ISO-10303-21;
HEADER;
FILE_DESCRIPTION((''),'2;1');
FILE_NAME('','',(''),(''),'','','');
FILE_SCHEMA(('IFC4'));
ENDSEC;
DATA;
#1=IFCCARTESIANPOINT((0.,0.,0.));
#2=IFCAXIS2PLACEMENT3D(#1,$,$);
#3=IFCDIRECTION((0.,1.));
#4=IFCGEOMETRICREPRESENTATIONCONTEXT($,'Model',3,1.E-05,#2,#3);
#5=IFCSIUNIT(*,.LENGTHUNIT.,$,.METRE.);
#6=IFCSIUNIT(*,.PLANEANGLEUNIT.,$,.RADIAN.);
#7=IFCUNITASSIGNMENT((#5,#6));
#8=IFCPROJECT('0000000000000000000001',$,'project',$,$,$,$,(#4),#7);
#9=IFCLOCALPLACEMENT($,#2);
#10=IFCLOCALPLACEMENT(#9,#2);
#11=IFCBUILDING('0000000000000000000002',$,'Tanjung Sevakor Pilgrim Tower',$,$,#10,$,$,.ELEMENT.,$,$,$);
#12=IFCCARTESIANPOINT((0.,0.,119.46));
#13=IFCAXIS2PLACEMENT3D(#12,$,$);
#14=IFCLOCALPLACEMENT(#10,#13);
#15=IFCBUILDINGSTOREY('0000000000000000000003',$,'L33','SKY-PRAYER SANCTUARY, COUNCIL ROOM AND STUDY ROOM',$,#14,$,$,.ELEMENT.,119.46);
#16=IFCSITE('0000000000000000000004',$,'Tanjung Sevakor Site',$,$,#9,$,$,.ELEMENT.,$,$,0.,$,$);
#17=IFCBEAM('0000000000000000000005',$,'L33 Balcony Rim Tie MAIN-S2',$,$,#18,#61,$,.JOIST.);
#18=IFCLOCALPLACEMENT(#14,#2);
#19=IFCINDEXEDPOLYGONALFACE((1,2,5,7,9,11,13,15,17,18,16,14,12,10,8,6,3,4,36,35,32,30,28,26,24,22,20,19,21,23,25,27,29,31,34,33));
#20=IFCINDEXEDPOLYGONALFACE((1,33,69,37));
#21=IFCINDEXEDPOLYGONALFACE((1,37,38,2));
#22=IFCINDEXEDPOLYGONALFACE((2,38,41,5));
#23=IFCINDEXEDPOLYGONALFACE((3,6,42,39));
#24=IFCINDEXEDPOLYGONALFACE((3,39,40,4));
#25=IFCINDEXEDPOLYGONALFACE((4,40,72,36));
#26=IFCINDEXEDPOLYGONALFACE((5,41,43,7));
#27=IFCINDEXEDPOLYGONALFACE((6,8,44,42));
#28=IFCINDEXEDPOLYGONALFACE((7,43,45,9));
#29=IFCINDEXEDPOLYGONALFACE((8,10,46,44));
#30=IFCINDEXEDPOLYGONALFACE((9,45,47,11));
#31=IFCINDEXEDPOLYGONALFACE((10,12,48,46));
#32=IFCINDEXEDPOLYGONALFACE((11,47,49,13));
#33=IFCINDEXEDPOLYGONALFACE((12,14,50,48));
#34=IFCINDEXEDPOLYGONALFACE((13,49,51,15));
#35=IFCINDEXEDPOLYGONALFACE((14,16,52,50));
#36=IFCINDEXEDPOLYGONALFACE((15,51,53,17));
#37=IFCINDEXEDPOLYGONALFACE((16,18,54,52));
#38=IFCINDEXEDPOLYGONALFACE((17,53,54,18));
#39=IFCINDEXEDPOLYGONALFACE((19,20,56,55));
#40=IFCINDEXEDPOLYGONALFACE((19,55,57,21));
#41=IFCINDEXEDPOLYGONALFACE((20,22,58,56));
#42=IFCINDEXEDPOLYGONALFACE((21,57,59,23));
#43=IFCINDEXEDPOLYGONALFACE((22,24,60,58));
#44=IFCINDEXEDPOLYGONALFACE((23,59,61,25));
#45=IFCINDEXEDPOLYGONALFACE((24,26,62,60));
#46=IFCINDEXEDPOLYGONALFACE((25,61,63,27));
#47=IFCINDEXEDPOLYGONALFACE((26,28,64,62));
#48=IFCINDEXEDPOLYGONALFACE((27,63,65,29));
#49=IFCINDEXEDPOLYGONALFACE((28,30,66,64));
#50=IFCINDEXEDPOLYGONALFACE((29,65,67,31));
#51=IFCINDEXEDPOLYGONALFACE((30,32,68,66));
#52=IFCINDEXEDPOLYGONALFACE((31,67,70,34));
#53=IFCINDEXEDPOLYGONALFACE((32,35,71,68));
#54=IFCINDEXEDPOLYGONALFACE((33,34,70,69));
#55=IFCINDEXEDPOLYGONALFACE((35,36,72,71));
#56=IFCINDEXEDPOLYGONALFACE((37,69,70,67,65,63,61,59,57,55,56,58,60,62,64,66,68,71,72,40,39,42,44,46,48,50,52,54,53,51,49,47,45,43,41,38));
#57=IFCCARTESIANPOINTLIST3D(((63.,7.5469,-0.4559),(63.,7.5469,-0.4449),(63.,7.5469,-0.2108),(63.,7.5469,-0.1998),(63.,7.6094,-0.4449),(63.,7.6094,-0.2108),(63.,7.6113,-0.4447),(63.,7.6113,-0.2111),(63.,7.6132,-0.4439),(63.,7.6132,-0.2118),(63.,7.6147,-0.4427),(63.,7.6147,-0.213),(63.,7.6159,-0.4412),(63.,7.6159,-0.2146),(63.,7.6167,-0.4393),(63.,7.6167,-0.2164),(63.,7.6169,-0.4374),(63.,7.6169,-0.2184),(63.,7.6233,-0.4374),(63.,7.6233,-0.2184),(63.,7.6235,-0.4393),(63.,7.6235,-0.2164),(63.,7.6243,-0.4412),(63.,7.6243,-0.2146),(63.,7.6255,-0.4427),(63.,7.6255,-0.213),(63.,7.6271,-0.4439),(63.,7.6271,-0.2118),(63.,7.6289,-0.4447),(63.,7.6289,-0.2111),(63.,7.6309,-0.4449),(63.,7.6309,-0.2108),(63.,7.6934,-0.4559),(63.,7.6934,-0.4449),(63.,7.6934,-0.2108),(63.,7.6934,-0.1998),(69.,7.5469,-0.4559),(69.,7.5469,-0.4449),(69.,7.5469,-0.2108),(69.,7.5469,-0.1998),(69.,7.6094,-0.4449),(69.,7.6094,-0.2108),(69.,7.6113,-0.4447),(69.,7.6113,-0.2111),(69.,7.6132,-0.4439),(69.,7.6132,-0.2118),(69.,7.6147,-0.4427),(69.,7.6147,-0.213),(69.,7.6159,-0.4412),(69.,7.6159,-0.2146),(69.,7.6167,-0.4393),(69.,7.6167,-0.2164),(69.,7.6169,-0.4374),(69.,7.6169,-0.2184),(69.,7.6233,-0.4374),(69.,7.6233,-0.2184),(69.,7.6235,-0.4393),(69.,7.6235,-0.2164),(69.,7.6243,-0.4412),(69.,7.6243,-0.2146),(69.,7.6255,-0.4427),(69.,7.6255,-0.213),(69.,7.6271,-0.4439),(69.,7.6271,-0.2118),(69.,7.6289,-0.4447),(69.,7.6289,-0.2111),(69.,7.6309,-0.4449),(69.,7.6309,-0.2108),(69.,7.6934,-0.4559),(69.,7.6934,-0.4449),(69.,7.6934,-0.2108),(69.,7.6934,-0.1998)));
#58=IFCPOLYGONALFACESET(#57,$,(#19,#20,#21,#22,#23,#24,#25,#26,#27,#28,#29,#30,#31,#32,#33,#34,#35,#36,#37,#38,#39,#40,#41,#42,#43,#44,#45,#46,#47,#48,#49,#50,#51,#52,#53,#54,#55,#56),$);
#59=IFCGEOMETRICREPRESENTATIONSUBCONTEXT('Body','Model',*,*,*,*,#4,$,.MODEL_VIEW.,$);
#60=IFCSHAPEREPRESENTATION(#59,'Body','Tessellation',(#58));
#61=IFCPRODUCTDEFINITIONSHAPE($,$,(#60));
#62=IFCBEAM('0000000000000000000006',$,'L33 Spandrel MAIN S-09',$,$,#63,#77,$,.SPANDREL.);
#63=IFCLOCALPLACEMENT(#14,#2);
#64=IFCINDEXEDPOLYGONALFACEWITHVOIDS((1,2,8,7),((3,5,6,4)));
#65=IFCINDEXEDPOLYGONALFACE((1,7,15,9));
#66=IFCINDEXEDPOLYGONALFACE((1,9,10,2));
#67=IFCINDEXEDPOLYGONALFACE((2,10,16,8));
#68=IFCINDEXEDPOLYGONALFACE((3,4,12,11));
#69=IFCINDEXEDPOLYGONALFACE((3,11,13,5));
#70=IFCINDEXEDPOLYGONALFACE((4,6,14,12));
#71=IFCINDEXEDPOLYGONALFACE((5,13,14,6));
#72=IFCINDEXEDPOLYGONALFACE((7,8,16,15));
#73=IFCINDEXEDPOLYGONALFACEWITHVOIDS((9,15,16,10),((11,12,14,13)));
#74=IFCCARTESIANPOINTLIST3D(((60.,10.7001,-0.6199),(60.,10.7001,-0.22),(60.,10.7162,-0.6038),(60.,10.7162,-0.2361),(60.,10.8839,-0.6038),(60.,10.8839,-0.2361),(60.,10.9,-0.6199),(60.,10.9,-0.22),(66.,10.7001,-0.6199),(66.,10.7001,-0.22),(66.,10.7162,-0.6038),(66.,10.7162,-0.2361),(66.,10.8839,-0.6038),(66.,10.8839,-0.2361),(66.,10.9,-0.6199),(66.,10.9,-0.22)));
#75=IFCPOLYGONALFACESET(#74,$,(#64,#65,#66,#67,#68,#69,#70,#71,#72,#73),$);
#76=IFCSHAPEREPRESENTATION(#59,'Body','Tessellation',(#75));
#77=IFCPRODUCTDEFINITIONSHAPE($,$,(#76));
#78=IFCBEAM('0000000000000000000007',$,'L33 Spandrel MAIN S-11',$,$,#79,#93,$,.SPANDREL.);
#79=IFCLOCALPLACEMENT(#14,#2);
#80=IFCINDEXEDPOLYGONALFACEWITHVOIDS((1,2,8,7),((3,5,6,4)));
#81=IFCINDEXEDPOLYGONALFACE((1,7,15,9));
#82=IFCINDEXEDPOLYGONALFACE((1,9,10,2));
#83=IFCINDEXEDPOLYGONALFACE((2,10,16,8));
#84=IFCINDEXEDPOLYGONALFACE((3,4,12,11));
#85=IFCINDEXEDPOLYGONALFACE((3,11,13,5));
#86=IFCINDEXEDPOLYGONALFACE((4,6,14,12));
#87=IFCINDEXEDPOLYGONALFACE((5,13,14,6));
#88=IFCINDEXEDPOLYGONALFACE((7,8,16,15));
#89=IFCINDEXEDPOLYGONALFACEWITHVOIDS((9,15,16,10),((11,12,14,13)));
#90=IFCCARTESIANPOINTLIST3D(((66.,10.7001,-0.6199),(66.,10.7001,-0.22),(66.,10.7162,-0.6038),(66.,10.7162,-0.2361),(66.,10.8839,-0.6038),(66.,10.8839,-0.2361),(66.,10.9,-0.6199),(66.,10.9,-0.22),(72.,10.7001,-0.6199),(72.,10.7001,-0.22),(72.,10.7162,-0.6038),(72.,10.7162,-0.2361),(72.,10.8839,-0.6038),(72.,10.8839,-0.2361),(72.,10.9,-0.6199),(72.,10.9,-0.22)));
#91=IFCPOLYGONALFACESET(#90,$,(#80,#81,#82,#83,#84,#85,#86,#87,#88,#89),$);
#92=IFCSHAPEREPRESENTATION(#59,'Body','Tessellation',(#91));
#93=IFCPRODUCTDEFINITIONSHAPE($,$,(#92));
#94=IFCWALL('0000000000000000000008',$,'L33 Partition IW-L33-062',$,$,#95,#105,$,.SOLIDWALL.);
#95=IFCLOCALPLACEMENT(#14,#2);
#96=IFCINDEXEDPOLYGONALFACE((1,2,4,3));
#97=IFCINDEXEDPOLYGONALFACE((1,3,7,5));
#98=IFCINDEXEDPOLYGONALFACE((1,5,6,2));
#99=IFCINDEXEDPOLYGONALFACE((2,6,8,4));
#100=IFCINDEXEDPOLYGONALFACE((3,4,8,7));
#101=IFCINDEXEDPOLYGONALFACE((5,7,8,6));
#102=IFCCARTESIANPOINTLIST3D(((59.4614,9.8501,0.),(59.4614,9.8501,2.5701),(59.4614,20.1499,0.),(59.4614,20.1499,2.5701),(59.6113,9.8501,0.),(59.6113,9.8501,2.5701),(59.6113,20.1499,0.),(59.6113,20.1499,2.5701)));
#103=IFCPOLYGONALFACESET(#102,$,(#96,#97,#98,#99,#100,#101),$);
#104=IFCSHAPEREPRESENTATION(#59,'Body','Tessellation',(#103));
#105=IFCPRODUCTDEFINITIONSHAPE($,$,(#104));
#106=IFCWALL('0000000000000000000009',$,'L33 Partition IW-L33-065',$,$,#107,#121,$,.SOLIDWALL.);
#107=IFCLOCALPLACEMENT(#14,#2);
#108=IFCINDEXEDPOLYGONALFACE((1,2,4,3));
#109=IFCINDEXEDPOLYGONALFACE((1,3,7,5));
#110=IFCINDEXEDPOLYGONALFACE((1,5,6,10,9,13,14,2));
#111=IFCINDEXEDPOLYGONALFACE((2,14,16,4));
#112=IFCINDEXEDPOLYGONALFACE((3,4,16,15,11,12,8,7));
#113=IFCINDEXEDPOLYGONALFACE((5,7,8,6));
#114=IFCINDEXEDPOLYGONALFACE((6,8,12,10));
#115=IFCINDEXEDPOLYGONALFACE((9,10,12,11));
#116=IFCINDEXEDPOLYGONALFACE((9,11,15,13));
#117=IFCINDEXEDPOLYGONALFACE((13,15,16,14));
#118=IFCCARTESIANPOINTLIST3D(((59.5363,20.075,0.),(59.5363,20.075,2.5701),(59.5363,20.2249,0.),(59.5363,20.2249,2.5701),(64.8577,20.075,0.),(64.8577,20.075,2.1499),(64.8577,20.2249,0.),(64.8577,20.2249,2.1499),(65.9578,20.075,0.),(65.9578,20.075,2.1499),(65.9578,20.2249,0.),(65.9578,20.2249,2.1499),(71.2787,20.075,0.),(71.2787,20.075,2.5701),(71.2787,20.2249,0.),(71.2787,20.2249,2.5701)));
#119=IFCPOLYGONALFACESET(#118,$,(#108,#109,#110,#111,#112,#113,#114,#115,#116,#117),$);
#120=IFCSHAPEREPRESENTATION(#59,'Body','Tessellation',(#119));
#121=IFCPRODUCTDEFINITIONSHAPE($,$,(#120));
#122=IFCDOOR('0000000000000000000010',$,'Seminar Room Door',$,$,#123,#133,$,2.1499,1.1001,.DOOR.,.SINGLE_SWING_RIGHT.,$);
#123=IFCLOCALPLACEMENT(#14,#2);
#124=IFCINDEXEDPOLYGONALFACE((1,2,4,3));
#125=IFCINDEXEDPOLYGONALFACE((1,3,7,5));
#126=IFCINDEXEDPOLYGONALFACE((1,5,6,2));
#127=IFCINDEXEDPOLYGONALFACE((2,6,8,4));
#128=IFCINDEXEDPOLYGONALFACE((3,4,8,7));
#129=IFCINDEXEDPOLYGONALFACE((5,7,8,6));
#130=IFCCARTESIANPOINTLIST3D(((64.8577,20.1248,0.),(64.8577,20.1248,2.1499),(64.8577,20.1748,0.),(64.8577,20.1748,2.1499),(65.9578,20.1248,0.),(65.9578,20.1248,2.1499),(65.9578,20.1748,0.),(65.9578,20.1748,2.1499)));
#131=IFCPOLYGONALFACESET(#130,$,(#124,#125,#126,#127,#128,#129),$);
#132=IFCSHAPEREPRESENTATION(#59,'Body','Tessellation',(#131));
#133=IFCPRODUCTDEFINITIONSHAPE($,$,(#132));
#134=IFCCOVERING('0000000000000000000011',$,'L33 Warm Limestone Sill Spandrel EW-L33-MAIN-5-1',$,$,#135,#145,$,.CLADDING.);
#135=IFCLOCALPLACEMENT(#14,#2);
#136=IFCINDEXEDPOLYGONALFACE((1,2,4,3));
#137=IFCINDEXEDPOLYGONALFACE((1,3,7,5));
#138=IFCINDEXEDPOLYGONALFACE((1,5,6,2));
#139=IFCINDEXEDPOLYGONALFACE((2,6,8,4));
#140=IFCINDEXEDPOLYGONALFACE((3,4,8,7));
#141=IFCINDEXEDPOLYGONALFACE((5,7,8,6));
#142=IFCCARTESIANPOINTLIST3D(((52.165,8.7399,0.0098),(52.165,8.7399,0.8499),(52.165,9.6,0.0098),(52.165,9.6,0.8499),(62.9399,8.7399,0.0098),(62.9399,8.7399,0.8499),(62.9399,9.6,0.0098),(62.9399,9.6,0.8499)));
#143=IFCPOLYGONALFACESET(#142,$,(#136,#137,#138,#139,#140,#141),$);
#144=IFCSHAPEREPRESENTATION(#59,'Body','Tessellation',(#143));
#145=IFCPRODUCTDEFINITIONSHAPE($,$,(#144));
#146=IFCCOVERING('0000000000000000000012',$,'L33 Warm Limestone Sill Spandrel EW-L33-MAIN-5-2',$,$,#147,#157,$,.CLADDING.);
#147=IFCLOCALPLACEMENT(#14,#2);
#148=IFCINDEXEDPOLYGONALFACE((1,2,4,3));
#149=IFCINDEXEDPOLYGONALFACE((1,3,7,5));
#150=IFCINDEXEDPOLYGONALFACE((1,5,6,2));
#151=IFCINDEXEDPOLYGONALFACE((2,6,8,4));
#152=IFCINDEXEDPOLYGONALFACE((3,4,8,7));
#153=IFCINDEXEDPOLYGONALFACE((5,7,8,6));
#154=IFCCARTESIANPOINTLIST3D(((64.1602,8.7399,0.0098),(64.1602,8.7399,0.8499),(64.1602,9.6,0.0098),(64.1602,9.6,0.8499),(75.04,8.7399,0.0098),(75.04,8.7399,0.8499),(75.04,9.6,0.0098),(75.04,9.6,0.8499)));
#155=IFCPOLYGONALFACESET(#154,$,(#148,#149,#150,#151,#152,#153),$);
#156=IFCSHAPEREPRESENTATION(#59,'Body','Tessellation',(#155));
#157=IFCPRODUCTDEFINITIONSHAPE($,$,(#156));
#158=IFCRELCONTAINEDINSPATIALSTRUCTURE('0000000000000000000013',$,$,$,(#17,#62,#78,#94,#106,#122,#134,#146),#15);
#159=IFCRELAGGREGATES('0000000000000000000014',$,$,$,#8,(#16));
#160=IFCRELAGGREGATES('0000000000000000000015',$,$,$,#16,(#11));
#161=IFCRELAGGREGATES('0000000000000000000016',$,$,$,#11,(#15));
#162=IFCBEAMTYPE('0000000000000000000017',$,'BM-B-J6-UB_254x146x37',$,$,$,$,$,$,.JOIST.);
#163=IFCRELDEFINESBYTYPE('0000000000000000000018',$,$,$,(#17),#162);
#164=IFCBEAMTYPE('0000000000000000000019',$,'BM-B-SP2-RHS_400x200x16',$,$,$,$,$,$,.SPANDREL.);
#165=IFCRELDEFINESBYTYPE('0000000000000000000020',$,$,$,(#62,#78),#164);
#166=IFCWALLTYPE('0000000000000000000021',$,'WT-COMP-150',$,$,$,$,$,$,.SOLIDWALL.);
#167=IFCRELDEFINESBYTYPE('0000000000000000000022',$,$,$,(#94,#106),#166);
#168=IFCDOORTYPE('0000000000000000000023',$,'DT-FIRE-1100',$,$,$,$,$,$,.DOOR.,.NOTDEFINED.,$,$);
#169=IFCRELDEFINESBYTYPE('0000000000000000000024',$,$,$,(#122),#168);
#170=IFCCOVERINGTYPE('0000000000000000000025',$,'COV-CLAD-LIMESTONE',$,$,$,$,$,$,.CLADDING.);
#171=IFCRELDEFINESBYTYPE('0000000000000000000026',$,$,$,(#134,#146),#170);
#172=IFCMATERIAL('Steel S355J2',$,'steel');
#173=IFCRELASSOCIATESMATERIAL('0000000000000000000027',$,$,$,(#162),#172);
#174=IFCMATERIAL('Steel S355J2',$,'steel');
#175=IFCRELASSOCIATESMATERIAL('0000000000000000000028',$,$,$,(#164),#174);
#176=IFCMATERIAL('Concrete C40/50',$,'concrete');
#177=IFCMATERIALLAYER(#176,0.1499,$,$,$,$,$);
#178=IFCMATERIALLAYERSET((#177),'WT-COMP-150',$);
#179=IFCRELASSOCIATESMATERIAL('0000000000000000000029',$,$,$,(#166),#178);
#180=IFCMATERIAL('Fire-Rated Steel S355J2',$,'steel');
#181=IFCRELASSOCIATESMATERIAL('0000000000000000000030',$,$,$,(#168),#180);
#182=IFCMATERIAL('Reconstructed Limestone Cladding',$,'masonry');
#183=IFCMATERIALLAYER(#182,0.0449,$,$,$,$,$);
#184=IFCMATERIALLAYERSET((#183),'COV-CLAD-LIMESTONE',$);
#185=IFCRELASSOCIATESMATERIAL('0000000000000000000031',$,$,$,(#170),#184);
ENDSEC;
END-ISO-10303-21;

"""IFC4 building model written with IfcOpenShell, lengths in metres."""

from ifc_helpers import new_model, si_unit, direction, frame, frame_2d, origin, origin_2d, place, context, subcontext, project, spatial, rectangle, hollow_rectangle, i_section, extrude, material, layer, layer_set, material_profile, profile_set, type_object, element, fill, save


model = new_model("IFC4")

# Units and contexts
model_context = context("Model", 3, precision=1e-05, world=origin(), true_north=direction((0.0, 1.0)))
body_context = subcontext(model_context, "Body", "Model", "MODEL_VIEW")
ifc_project = project(units=[si_unit("LENGTHUNIT", "METRE"), si_unit("PLANEANGLEUNIT", "RADIAN")], contexts=[model_context])

# Site, building, storey
site_placement = place(None, origin())
site = spatial("IfcSite", under=ifc_project, at=site_placement, Name="Tanjung Sevakor Site", CompositionType="ELEMENT", RefElevation=0.0)
building_placement = place(site_placement, origin())
building = spatial("IfcBuilding", under=site, at=building_placement, Name="Tanjung Sevakor Pilgrim Tower", CompositionType="ELEMENT")
storey_placement = place(building_placement, frame((0.0, 0.0, 119.46)))
storey = spatial("IfcBuildingStorey", under=building, at=storey_placement, Name="L33", Description="SKY-PRAYER SANCTUARY, COUNCIL ROOM AND STUDY ROOM", CompositionType="ELEMENT", Elevation=119.46)

# Beams
ifc_material_1 = material(Name="Steel S355J2", Category="steel")
ifc_material_profile_1 = material_profile(ifc_material_1, i_section(OverallWidth=0.1465, OverallDepth=0.2561, WebThickness=0.0063, FlangeThickness=0.011, FilletRadius=0.0076, at=origin_2d()))
ifc_profile_set_1 = profile_set([ifc_material_profile_1], Name="Steel S355J2")
beam_type_1 = type_object("IfcBeamType", Name="BM-B-J6-UB_254x146x37", PredefinedType="JOIST", material=ifc_profile_set_1)
beam_1_placement = place(storey_placement, frame((63.0, 7.6201, -0.3279), z_axis=(1.0, 0.0, 0.0), x_axis=(0.0, 1.0, 0.0)))
element("IfcBeam", 1, at=beam_1_placement, inside=storey, type_object=beam_type_1, Name="L33 Balcony Rim Tie MAIN-S2", PredefinedType="JOIST", context=body_context, shape_type="SweptSolid", body=[
    extrude(i_section(OverallWidth=0.1465, OverallDepth=0.2561, WebThickness=0.0063, FlangeThickness=0.011, FilletRadius=0.0076, at=origin_2d()), origin(), (0.0, 0.0, 1.0), 6.0),
])
ifc_material_2 = material(Name="Steel S355J2", Category="steel")
ifc_material_profile_2 = material_profile(ifc_material_2, hollow_rectangle(XDim=0.2, YDim=0.3999, WallThickness=0.0161, at=origin_2d()))
ifc_profile_set_2 = profile_set([ifc_material_profile_2], Name="Steel S355J2")
beam_type_2 = type_object("IfcBeamType", Name="BM-B-SP2-RHS_400x200x16", PredefinedType="SPANDREL", material=ifc_profile_set_2)
for number, where, z_axis, x_axis, name in (
    (2, (60.0, 10.8, -0.4199), (1.0, 0.0, 0.0), (0.0, 1.0, 0.0), "L33 Spandrel MAIN S-09"),
    (3, (66.0, 10.8, -0.4199), (1.0, 0.0, 0.0), (0.0, 1.0, 0.0), "L33 Spandrel MAIN S-11"),
):
    element("IfcBeam", number, at=place(storey_placement, frame(where, z_axis=z_axis, x_axis=x_axis)), inside=storey, type_object=beam_type_2, Name=name, PredefinedType="SPANDREL", context=body_context, shape_type="SweptSolid", body=[
        extrude(hollow_rectangle(XDim=0.2, YDim=0.3999, WallThickness=0.0161, at=origin_2d()), origin(), (0.0, 0.0, 1.0), 6.0),
    ])

# Wall
ifc_material_3 = material(Name="Concrete C40/50", Category="concrete")
ifc_layer_1 = layer(ifc_material_3, 0.1499)
ifc_layer_set_1 = layer_set([ifc_layer_1], Name="WT-COMP-150")
wall_type = type_object("IfcWallType", Name="WT-COMP-150", PredefinedType="SOLIDWALL", material=ifc_layer_set_1)
wall_1_placement = place(storey_placement, frame((59.5364, 9.8501, 0.0), z_axis=(0.0, 0.0, 1.0), x_axis=(0.0, 1.0, 0.0)))
element("IfcWall", 4, at=wall_1_placement, inside=storey, type_object=wall_type, Name="L33 Partition IW-L33-062", PredefinedType="SOLIDWALL", context=body_context, shape_type="SweptSolid", body=[
    extrude(rectangle(XDim=10.2998, YDim=0.1499, at=frame_2d((5.1499, 0.0))), origin(), (0.0, 0.0, 1.0), 2.5701),
])

# Wall, opening, door
wall_2_placement = place(storey_placement, frame((59.5364, 20.1499, 0.0), z_axis=(0.0, 0.0, 1.0), x_axis=(1.0, 0.0, 0.0)))
wall_2 = element("IfcWall", 5, at=wall_2_placement, inside=storey, type_object=wall_type, Name="L33 Partition IW-L33-065", PredefinedType="SOLIDWALL", context=body_context, shape_type="SweptSolid", body=[
    extrude(rectangle(XDim=11.7424, YDim=0.1499, at=frame_2d((5.8711, 0.0))), origin(), (0.0, 0.0, 1.0), 2.5701),
])
opening_placement = place(wall_2_placement, frame((5.3213, 0.0, 0.0)))
opening = element("IfcOpeningElement", 6, at=opening_placement, cuts=wall_2, PredefinedType="OPENING", context=body_context, shape_type="SweptSolid", body=[
    extrude(rectangle(XDim=1.1001, YDim=2.1499, at=frame_2d((0.55, 1.075))), frame((0.0, 0.085, 0.0), z_axis=(0.0, -1.0, 0.0), x_axis=(1.0, 0.0, 0.0)), (0.0, 0.0, 1.0), 0.1699),
])
ifc_material_4 = material(Name="Fire-Rated Steel S355J2", Category="steel")
door_type = type_object("IfcDoorType", Name="DT-FIRE-1100", OperationType="NOTDEFINED", PredefinedType="DOOR", material=ifc_material_4)
door_placement = place(opening_placement, origin())
door = element("IfcDoor", 7, at=door_placement, inside=storey, type_object=door_type, Name="Seminar Room Door", OperationType="SINGLE_SWING_RIGHT", OverallHeight=2.1499, OverallWidth=1.1001, PredefinedType="DOOR", context=body_context, shape_type="SweptSolid", body=[
    extrude(rectangle(XDim=1.1001, YDim=2.1499, at=frame_2d((0.55, 1.075))), frame((0.0, 0.0249, 0.0), z_axis=(0.0, -1.0, 0.0), x_axis=(1.0, 0.0, 0.0)), (0.0, 0.0, 1.0), 0.05),
])
fill(opening, door)

# Coverings
ifc_material_5 = material(Name="Reconstructed Limestone Cladding", Category="masonry")
ifc_layer_2 = layer(ifc_material_5, 0.0449)
ifc_layer_set_2 = layer_set([ifc_layer_2], Name="COV-CLAD-LIMESTONE")
covering_type = type_object("IfcCoveringType", Name="COV-CLAD-LIMESTONE", PredefinedType="CLADDING", material=ifc_layer_set_2)
covering_1_placement = place(storey_placement, frame((57.5525, 9.1699, 0.0098), z_axis=(0.0, 0.0, 1.0), x_axis=(1.0, 0.0, 0.0)))
element("IfcCovering", 8, at=covering_1_placement, inside=storey, type_object=covering_type, Name="L33 Warm Limestone Sill Spandrel EW-L33-MAIN-5-1", PredefinedType="CLADDING", context=body_context, shape_type="SweptSolid", body=[
    extrude(rectangle(XDim=10.7749, YDim=0.8601, at=origin_2d()), origin(), (0.0, 0.0, 1.0), 0.8401),
])
covering_2_placement = place(storey_placement, frame((69.6001, 9.1699, 0.0098), z_axis=(0.0, 0.0, 1.0), x_axis=(1.0, 0.0, 0.0)))
element("IfcCovering", 9, at=covering_2_placement, inside=storey, type_object=covering_type, Name="L33 Warm Limestone Sill Spandrel EW-L33-MAIN-5-2", PredefinedType="CLADDING", context=body_context, shape_type="SweptSolid", body=[
    extrude(rectangle(XDim=10.8799, YDim=0.8601, at=origin_2d()), origin(), (0.0, 0.0, 1.0), 0.8401),
])

save(model, "model.ifc")
